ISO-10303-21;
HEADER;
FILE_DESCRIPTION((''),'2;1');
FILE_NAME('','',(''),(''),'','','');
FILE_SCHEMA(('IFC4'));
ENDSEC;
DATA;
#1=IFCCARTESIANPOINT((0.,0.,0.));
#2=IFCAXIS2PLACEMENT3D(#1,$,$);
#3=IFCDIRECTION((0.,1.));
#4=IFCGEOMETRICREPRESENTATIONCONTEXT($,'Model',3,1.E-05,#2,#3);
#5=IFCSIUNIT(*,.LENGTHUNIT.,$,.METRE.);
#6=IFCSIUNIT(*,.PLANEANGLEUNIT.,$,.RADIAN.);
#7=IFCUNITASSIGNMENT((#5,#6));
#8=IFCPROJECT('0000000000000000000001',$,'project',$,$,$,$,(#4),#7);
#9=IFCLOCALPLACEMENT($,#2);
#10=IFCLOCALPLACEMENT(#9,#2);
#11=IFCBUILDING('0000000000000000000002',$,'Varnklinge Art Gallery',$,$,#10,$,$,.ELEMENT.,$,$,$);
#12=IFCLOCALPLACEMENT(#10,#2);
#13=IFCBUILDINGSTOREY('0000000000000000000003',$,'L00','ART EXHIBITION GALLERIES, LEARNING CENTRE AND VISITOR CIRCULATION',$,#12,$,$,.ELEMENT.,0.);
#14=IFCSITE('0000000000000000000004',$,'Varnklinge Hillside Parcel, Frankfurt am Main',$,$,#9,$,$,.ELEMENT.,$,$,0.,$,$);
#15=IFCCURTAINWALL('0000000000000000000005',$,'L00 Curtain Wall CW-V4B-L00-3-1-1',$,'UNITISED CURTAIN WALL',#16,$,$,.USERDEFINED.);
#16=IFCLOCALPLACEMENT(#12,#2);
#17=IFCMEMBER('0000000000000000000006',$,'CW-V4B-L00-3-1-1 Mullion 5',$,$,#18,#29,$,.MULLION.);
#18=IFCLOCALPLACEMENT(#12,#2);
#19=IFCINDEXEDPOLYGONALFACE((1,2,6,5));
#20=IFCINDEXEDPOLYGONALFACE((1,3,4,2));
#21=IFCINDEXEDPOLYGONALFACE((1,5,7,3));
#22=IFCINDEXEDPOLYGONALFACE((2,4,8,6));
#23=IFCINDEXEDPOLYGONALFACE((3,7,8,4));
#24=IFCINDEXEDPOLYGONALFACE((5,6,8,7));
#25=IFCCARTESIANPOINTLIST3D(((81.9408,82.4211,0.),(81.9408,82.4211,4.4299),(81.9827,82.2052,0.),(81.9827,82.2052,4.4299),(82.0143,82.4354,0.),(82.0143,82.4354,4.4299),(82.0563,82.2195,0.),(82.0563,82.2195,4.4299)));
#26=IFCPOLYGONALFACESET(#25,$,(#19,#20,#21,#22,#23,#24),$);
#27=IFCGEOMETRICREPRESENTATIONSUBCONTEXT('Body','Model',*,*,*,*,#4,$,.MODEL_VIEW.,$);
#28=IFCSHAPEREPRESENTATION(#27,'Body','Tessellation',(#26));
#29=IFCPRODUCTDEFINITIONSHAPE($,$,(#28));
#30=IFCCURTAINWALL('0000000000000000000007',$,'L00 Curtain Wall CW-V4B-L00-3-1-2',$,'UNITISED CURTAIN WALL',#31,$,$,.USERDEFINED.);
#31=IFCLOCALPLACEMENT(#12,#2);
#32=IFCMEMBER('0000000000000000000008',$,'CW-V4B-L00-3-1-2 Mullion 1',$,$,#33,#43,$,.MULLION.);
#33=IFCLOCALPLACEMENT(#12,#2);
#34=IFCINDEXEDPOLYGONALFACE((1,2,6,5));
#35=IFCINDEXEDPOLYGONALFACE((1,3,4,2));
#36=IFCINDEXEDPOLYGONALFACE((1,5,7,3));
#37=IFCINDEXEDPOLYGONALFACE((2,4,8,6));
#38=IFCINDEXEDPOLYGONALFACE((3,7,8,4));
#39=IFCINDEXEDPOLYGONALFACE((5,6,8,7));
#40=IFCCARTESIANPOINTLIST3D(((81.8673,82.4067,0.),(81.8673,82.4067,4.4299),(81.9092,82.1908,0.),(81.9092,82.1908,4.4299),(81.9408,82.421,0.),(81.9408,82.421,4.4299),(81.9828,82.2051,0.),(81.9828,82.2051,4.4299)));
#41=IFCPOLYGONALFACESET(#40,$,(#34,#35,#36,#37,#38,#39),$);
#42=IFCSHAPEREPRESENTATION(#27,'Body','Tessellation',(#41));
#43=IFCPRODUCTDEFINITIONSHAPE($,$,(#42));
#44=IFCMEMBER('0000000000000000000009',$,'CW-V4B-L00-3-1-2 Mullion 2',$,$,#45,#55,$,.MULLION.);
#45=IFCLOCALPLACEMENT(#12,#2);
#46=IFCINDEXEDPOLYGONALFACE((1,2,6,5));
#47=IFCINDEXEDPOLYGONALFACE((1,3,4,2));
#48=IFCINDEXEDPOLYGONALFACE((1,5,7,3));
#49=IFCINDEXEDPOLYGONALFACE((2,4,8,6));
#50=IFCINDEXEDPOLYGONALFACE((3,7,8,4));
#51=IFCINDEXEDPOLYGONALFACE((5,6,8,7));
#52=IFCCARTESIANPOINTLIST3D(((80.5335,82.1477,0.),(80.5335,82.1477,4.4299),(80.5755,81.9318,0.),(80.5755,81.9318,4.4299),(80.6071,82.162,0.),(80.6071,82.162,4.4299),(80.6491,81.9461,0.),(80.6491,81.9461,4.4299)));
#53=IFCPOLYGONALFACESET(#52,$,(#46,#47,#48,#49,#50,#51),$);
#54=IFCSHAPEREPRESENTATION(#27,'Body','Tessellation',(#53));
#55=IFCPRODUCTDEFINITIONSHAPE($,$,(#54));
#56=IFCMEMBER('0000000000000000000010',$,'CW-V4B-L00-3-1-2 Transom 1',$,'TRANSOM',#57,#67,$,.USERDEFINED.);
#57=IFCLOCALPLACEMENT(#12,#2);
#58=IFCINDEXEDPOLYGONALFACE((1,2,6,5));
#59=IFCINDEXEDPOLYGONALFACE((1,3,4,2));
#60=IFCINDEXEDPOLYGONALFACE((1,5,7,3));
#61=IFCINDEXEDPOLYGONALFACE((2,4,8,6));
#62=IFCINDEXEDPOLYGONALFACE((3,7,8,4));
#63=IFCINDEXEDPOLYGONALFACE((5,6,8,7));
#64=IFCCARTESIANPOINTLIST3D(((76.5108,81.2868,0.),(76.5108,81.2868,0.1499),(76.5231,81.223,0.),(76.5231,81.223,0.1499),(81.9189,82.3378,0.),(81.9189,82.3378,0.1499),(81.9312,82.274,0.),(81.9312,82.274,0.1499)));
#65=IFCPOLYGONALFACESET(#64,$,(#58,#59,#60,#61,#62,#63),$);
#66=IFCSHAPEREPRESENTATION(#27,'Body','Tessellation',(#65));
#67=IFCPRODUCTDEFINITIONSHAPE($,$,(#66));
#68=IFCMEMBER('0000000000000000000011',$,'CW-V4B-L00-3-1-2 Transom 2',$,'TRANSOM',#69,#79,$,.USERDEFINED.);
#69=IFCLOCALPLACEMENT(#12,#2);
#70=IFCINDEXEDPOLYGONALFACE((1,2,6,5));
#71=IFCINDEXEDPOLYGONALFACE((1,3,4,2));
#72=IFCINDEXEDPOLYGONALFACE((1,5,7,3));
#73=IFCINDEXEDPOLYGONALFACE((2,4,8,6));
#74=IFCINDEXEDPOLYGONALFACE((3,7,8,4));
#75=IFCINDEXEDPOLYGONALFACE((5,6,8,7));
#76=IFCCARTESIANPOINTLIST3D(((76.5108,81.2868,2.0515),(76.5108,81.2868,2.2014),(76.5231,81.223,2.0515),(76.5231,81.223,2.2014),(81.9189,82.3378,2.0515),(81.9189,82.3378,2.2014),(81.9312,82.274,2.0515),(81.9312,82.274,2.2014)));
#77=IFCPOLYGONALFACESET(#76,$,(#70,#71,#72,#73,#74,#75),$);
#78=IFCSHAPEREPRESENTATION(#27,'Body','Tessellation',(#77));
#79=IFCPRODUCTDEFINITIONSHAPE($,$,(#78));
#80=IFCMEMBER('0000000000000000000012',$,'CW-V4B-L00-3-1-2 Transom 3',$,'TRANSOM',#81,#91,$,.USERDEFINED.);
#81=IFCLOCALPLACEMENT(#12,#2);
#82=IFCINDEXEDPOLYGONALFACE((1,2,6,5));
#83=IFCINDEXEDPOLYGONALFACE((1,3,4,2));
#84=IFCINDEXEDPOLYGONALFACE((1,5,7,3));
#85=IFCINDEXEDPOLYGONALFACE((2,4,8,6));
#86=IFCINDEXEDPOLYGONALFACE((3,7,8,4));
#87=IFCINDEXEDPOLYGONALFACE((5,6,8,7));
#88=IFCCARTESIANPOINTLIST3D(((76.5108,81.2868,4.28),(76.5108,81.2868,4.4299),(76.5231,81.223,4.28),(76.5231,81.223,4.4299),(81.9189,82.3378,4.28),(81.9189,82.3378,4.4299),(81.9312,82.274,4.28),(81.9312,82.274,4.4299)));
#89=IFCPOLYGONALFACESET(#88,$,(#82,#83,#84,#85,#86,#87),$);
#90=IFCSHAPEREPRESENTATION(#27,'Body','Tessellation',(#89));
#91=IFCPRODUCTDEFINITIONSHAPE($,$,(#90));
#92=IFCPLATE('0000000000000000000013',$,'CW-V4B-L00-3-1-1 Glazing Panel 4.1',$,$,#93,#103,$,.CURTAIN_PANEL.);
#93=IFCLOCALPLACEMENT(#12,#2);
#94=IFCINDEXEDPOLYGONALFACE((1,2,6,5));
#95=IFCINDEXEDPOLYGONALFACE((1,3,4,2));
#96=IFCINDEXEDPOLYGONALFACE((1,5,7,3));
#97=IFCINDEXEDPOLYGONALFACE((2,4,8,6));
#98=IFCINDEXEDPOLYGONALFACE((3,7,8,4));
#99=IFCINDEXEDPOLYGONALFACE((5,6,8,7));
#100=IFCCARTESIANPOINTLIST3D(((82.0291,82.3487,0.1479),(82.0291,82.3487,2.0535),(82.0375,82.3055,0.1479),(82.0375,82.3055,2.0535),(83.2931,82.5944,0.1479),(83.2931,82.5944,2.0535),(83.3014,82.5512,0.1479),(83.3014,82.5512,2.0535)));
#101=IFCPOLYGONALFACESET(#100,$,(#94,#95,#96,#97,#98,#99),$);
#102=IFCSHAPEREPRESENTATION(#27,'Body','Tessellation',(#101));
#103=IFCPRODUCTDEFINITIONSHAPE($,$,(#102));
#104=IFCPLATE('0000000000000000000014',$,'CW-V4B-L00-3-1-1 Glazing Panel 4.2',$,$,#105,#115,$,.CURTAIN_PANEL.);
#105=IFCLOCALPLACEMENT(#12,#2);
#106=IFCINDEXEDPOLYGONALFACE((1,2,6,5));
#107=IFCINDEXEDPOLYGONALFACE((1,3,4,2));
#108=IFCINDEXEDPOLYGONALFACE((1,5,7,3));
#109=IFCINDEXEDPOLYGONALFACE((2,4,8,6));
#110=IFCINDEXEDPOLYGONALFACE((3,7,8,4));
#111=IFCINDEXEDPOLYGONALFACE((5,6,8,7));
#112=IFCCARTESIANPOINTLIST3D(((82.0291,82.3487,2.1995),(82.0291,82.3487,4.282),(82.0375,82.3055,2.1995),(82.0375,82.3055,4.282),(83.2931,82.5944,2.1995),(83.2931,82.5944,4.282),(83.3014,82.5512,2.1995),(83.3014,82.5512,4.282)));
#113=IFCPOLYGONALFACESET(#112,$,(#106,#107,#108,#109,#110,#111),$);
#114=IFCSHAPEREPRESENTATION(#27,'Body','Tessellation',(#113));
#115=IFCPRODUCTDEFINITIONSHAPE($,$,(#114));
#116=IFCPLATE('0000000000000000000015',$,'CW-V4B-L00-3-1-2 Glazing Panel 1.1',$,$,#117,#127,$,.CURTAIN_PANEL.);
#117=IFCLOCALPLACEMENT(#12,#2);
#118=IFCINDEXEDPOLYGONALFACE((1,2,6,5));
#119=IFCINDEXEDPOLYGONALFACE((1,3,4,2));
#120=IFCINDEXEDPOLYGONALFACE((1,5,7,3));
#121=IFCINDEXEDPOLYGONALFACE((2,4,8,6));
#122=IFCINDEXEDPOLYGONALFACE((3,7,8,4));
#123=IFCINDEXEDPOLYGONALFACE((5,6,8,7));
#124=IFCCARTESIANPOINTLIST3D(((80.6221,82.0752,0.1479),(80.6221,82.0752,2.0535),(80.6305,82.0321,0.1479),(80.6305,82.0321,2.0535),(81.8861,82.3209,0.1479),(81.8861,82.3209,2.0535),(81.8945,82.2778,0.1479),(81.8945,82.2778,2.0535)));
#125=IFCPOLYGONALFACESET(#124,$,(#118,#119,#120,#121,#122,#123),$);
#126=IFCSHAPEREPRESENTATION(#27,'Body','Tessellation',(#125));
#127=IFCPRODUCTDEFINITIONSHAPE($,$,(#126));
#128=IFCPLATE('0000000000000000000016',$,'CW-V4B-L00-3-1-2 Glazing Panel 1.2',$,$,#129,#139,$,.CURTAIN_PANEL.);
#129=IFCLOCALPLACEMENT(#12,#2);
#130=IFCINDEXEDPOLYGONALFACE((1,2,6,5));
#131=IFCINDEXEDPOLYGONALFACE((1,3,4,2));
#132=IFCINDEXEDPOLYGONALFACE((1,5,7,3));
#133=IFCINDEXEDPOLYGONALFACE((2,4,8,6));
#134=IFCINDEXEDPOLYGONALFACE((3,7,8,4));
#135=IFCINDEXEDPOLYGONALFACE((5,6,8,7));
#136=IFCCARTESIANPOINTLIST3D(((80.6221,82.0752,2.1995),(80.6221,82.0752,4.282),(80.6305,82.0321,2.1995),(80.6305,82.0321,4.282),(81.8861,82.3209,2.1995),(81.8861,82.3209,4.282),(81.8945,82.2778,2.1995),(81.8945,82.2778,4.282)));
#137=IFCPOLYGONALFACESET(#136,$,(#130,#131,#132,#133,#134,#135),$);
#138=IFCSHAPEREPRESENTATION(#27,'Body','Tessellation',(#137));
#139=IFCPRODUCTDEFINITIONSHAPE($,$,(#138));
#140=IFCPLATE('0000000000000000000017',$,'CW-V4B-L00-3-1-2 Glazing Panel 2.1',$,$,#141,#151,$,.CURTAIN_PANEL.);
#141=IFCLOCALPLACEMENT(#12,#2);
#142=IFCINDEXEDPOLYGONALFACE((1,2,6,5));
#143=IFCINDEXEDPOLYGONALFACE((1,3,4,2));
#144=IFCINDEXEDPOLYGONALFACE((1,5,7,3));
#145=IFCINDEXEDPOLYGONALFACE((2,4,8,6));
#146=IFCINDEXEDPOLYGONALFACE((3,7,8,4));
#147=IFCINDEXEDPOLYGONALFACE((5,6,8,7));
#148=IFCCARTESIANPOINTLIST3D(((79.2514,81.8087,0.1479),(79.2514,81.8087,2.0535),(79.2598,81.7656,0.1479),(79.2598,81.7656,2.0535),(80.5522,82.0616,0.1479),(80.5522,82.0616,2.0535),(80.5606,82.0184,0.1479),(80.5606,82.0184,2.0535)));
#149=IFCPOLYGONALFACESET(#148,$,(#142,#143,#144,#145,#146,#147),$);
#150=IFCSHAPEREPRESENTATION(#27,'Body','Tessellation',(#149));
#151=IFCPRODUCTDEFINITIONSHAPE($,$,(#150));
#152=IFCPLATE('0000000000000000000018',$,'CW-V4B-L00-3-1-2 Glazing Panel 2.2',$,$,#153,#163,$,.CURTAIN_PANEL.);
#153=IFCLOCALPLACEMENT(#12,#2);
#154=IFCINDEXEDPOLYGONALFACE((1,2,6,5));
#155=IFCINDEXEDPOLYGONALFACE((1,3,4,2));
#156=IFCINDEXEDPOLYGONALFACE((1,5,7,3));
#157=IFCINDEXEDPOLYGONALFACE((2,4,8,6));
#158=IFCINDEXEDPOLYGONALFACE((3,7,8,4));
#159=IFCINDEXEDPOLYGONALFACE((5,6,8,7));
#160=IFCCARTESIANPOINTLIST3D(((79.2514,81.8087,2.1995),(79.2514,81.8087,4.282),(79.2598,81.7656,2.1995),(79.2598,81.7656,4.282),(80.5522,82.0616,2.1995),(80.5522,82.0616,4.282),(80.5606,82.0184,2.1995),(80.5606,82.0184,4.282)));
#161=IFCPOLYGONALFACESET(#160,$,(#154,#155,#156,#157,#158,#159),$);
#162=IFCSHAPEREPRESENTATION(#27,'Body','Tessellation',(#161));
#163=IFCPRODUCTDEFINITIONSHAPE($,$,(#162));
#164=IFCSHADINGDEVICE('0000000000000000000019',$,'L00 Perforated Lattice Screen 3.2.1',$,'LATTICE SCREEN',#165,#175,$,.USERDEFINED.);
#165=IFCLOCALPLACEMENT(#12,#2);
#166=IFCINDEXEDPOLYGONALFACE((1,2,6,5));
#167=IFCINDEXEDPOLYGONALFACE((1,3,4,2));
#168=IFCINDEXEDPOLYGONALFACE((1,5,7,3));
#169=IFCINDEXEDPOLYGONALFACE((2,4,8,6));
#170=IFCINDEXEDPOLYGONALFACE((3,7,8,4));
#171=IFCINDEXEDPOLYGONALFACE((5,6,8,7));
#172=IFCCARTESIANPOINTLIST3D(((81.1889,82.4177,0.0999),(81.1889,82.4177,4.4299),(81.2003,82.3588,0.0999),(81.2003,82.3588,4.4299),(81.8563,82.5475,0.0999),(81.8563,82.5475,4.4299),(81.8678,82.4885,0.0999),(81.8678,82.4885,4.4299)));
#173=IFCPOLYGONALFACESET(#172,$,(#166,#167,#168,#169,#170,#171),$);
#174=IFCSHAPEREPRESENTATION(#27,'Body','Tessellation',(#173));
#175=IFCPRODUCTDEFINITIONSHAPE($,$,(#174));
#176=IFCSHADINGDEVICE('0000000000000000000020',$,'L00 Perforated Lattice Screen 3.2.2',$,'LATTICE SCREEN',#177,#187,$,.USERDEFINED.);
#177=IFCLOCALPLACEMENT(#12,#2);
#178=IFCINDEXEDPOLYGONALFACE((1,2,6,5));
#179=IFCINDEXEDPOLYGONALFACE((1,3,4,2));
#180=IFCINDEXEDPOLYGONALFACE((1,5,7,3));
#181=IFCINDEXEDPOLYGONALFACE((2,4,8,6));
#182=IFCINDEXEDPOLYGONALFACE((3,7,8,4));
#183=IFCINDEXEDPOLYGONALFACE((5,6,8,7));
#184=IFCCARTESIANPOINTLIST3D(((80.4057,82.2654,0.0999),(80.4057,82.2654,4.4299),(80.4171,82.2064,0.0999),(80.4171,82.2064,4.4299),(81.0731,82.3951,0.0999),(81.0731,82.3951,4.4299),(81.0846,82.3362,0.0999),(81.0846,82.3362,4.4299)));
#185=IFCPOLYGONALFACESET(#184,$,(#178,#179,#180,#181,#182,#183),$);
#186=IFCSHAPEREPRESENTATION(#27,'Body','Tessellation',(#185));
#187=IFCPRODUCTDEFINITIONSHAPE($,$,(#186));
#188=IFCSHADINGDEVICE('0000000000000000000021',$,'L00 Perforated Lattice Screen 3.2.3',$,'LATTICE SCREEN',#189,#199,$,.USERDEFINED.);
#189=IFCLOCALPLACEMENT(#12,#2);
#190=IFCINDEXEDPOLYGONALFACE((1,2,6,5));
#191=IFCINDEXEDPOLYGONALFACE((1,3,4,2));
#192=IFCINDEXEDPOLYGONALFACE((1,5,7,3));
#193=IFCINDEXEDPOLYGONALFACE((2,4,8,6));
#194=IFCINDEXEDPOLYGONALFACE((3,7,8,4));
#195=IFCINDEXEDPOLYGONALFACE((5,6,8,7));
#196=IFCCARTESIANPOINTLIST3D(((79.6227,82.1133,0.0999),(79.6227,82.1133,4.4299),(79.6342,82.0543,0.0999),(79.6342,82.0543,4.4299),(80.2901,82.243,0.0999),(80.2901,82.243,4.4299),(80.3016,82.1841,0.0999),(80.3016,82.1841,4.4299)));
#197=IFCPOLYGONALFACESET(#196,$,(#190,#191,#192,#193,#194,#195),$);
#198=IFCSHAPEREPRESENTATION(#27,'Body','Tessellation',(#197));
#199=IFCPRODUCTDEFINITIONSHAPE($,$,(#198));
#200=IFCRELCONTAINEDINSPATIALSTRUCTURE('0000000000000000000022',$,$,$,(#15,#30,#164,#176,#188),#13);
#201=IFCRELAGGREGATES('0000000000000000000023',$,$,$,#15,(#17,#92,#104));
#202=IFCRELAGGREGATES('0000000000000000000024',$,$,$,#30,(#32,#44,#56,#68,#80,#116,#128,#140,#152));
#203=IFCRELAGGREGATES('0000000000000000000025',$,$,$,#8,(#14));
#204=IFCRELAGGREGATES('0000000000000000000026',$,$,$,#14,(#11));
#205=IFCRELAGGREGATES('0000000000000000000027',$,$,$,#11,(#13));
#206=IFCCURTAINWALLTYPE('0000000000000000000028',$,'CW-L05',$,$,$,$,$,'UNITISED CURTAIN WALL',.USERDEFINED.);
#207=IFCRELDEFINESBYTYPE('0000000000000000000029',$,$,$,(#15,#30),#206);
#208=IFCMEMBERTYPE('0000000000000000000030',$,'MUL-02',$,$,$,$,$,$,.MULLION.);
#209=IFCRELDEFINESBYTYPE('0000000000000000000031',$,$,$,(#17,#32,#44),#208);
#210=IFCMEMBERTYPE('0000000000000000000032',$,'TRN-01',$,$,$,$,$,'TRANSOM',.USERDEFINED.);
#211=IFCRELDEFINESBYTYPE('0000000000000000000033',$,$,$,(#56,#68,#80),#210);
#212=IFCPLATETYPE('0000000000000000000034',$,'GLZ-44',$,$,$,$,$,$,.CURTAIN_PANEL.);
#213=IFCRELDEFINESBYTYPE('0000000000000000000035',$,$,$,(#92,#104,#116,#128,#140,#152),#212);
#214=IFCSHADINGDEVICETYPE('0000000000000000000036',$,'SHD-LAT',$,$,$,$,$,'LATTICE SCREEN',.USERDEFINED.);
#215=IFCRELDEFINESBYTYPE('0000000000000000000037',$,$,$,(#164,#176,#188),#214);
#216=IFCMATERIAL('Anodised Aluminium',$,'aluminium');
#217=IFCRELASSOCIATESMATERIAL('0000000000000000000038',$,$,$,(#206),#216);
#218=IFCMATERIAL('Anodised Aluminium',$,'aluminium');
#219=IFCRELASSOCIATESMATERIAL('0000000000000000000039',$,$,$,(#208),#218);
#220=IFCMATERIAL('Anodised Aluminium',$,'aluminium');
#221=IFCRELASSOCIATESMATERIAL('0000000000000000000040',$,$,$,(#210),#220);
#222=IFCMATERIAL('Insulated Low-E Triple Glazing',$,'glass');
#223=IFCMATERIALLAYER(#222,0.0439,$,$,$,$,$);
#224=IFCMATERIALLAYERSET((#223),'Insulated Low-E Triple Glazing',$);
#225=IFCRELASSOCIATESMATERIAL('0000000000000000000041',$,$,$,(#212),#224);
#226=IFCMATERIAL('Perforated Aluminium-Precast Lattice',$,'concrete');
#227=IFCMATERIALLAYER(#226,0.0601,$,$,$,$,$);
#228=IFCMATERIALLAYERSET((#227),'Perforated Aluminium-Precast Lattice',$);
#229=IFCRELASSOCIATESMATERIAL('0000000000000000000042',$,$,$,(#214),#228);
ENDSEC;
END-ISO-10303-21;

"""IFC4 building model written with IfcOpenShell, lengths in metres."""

from ifc_helpers import new_model, si_unit, direction, frame, origin, origin_2d, place, context, subcontext, project, spatial, rectangle, extrude, material, layer, layer_set, material_profile, profile_set, type_object, element, aggregate, save


model = new_model("IFC4")

# Units and contexts
model_context = context("Model", 3, precision=1e-05, world=origin(), true_north=direction((0.0, 1.0)))
body_context = subcontext(model_context, "Body", "Model", "MODEL_VIEW")
ifc_project = project(units=[si_unit("LENGTHUNIT", "METRE"), si_unit("PLANEANGLEUNIT", "RADIAN")], contexts=[model_context])

# Site, building, storey
site_placement = place(None, origin())
site = spatial("IfcSite", under=ifc_project, at=site_placement, Name="Varnklinge Hillside Parcel, Frankfurt am Main", CompositionType="ELEMENT", RefElevation=0.0)
building_placement = place(site_placement, origin())
building = spatial("IfcBuilding", under=site, at=building_placement, Name="Varnklinge Art Gallery", CompositionType="ELEMENT")
storey_placement = place(building_placement, origin())
storey = spatial("IfcBuildingStorey", under=building, at=storey_placement, Name="L00", Description="ART EXHIBITION GALLERIES, LEARNING CENTRE AND VISITOR CIRCULATION", CompositionType="ELEMENT", Elevation=0.0)

# Curtain wall, member
ifc_material_1 = material(Name="Anodised Aluminium", Category="aluminium")
curtain_wall_type = type_object("IfcCurtainWallType", Name="CW-L05", ElementType="UNITISED CURTAIN WALL", PredefinedType="USERDEFINED", material=ifc_material_1)
curtain_wall_1_placement = place(storey_placement, origin())
curtain_wall_1 = element("IfcCurtainWall", 1, at=curtain_wall_1_placement, inside=storey, type_object=curtain_wall_type, Name="L00 Curtain Wall CW-V4B-L00-3-1-1", ObjectType="UNITISED CURTAIN WALL", PredefinedType="USERDEFINED")
ifc_material_2 = material(Name="Anodised Aluminium", Category="aluminium")
ifc_material_profile_1 = material_profile(ifc_material_2, rectangle(XDim=0.075, YDim=0.22, at=origin_2d()), Name="ALU 75x220")
ifc_profile_set_1 = profile_set([ifc_material_profile_1], Name="Anodised Aluminium")
member_type_1 = type_object("IfcMemberType", Name="MUL-02", PredefinedType="MULLION", material=ifc_profile_set_1)
member_1_placement = place(storey_placement, frame((81.9985, 82.3203, 0.0), z_axis=(0.0, 0.0, 1.0), x_axis=(-0.981627, -0.190809, 0.0)))
member_1 = element("IfcMember", 2, at=member_1_placement, type_object=member_type_1, Name="CW-V4B-L00-3-1-1 Mullion 5", PredefinedType="MULLION", context=body_context, shape_type="SweptSolid", body=[
    extrude(rectangle(XDim=0.075, YDim=0.22, at=origin_2d()), origin(), (0.0, 0.0, 1.0), 4.4299),
])

# Curtain wall, members
curtain_wall_2_placement = place(storey_placement, origin())
curtain_wall_2 = element("IfcCurtainWall", 3, at=curtain_wall_2_placement, inside=storey, type_object=curtain_wall_type, Name="L00 Curtain Wall CW-V4B-L00-3-1-2", ObjectType="UNITISED CURTAIN WALL", PredefinedType="USERDEFINED")
member_2_placement = place(storey_placement, frame((81.925, 82.3059, 0.0), z_axis=(0.0, 0.0, 1.0), x_axis=(-0.981627, -0.190809, 0.0)))
member_2 = element("IfcMember", 4, at=member_2_placement, type_object=member_type_1, Name="CW-V4B-L00-3-1-2 Mullion 1", PredefinedType="MULLION", context=body_context, shape_type="SweptSolid", body=[
    extrude(rectangle(XDim=0.075, YDim=0.22, at=origin_2d()), origin(), (0.0, 0.0, 1.0), 4.4299),
])
member_3_placement = place(storey_placement, frame((80.5913, 82.0469, 0.0), z_axis=(0.0, 0.0, 1.0), x_axis=(-0.981627, -0.190809, 0.0)))
member_3 = element("IfcMember", 5, at=member_3_placement, type_object=member_type_1, Name="CW-V4B-L00-3-1-2 Mullion 2", PredefinedType="MULLION", context=body_context, shape_type="SweptSolid", body=[
    extrude(rectangle(XDim=0.075, YDim=0.22, at=origin_2d()), origin(), (0.0, 0.0, 1.0), 4.4299),
])
ifc_material_3 = material(Name="Anodised Aluminium", Category="aluminium")
ifc_material_profile_2 = material_profile(ifc_material_3, rectangle(XDim=0.0649, YDim=0.1499, at=origin_2d()), Name="ALU 65x150")
ifc_profile_set_2 = profile_set([ifc_material_profile_2], Name="Anodised Aluminium")
member_type_2 = type_object("IfcMemberType", Name="TRN-01", ElementType="TRANSOM", PredefinedType="USERDEFINED", material=ifc_profile_set_2)
member_4_placement = place(storey_placement, frame((81.925, 82.3059, 0.075), z_axis=(-0.981635, -0.19077, 0.0), x_axis=(0.19077, -0.981635, 0.0)))
member_4 = element("IfcMember", 6, at=member_4_placement, type_object=member_type_2, Name="CW-V4B-L00-3-1-2 Transom 1", ObjectType="TRANSOM", PredefinedType="USERDEFINED", context=body_context, shape_type="SweptSolid", body=[
    extrude(rectangle(XDim=0.0649, YDim=0.1499, at=origin_2d()), origin(), (0.0, 0.0, 1.0), 5.5093),
])
member_5_placement = place(storey_placement, frame((81.925, 82.3059, 2.1265), z_axis=(-0.981635, -0.19077, 0.0), x_axis=(0.19077, -0.981635, 0.0)))
member_5 = element("IfcMember", 7, at=member_5_placement, type_object=member_type_2, Name="CW-V4B-L00-3-1-2 Transom 2", ObjectType="TRANSOM", PredefinedType="USERDEFINED", context=body_context, shape_type="SweptSolid", body=[
    extrude(rectangle(XDim=0.0649, YDim=0.1499, at=origin_2d()), origin(), (0.0, 0.0, 1.0), 5.5093),
])
member_6_placement = place(storey_placement, frame((81.925, 82.3059, 4.355), z_axis=(-0.981635, -0.19077, 0.0), x_axis=(0.19077, -0.981635, 0.0)))
member_6 = element("IfcMember", 8, at=member_6_placement, type_object=member_type_2, Name="CW-V4B-L00-3-1-2 Transom 3", ObjectType="TRANSOM", PredefinedType="USERDEFINED", context=body_context, shape_type="SweptSolid", body=[
    extrude(rectangle(XDim=0.0649, YDim=0.1499, at=origin_2d()), origin(), (0.0, 0.0, 1.0), 5.5093),
])

# Plates
ifc_material_4 = material(Name="Insulated Low-E Triple Glazing", Category="glass")
ifc_layer_1 = layer(ifc_material_4, 0.0439)
ifc_layer_set_1 = layer_set([ifc_layer_1], Name="Insulated Low-E Triple Glazing")
plate_type = type_object("IfcPlateType", Name="GLZ-44", PredefinedType="CURTAIN_PANEL", material=ifc_layer_set_1)
plate_1_placement = place(storey_placement, frame((82.6653, 82.45, 0.1479), z_axis=(0.0, 0.0, 1.0), x_axis=(-0.981627, -0.190809, 0.0)))
plate_1 = element("IfcPlate", 9, at=plate_1_placement, type_object=plate_type, Name="CW-V4B-L00-3-1-1 Glazing Panel 4.1", PredefinedType="CURTAIN_PANEL", context=body_context, shape_type="SweptSolid", body=[
    extrude(rectangle(XDim=1.2876, YDim=0.0439, at=origin_2d()), origin(), (0.0, 0.0, 1.0), 1.9055),
])
plate_2_placement = place(storey_placement, frame((82.6653, 82.45, 2.1995), z_axis=(0.0, 0.0, 1.0), x_axis=(-0.981627, -0.190809, 0.0)))
plate_2 = element("IfcPlate", 10, at=plate_2_placement, type_object=plate_type, Name="CW-V4B-L00-3-1-1 Glazing Panel 4.2", PredefinedType="CURTAIN_PANEL", context=body_context, shape_type="SweptSolid", body=[
    extrude(rectangle(XDim=1.2876, YDim=0.0439, at=origin_2d()), origin(), (0.0, 0.0, 1.0), 2.0825),
])
aggregate(curtain_wall_1, [member_1, plate_1, plate_2])
plate_3_placement = place(storey_placement, frame((81.2583, 82.1765, 0.1479), z_axis=(0.0, 0.0, 1.0), x_axis=(-0.981627, -0.190809, 0.0)))
plate_3 = element("IfcPlate", 11, at=plate_3_placement, type_object=plate_type, Name="CW-V4B-L00-3-1-2 Glazing Panel 1.1", PredefinedType="CURTAIN_PANEL", context=body_context, shape_type="SweptSolid", body=[
    extrude(rectangle(XDim=1.2876, YDim=0.0439, at=origin_2d()), origin(), (0.0, 0.0, 1.0), 1.9055),
])
plate_4_placement = place(storey_placement, frame((81.2583, 82.1765, 2.1995), z_axis=(0.0, 0.0, 1.0), x_axis=(-0.981627, -0.190809, 0.0)))
plate_4 = element("IfcPlate", 12, at=plate_4_placement, type_object=plate_type, Name="CW-V4B-L00-3-1-2 Glazing Panel 1.2", PredefinedType="CURTAIN_PANEL", context=body_context, shape_type="SweptSolid", body=[
    extrude(rectangle(XDim=1.2876, YDim=0.0439, at=origin_2d()), origin(), (0.0, 0.0, 1.0), 2.0825),
])
plate_5_placement = place(storey_placement, frame((79.906, 81.9136, 0.1479), z_axis=(0.0, 0.0, 1.0), x_axis=(-0.981627, -0.190809, 0.0)))
plate_5 = element("IfcPlate", 13, at=plate_5_placement, type_object=plate_type, Name="CW-V4B-L00-3-1-2 Glazing Panel 2.1", PredefinedType="CURTAIN_PANEL", context=body_context, shape_type="SweptSolid", body=[
    extrude(rectangle(XDim=1.3252, YDim=0.0439, at=origin_2d()), origin(), (0.0, 0.0, 1.0), 1.9055),
])
plate_6_placement = place(storey_placement, frame((79.906, 81.9136, 2.1995), z_axis=(0.0, 0.0, 1.0), x_axis=(-0.981627, -0.190809, 0.0)))
plate_6 = element("IfcPlate", 14, at=plate_6_placement, type_object=plate_type, Name="CW-V4B-L00-3-1-2 Glazing Panel 2.2", PredefinedType="CURTAIN_PANEL", context=body_context, shape_type="SweptSolid", body=[
    extrude(rectangle(XDim=1.3252, YDim=0.0439, at=origin_2d()), origin(), (0.0, 0.0, 1.0), 2.0825),
])
aggregate(curtain_wall_2, [member_2, member_3, member_4, member_5, member_6, plate_3, plate_4, plate_5, plate_6])

# Shading devices
ifc_material_5 = material(Name="Perforated Aluminium-Precast Lattice", Category="concrete")
ifc_layer_2 = layer(ifc_material_5, 0.0601)
ifc_layer_set_2 = layer_set([ifc_layer_2], Name="Perforated Aluminium-Precast Lattice")
shading_device_type = type_object("IfcShadingDeviceType", Name="SHD-LAT", ElementType="LATTICE SCREEN", PredefinedType="USERDEFINED", material=ifc_layer_set_2)
for number, where, z_axis, x_axis, name in (
    (15, (81.5283, 82.4531, 0.0999), (0.0, 0.0, 1.0), (-0.981627, -0.190809, 0.0), "L00 Perforated Lattice Screen 3.2.1"),
    (16, (80.7451, 82.3008, 0.0999), (0.0, 0.0, 1.0), (-0.981627, -0.190809, 0.0), "L00 Perforated Lattice Screen 3.2.2"),
    (17, (79.9622, 82.1487, 0.0999), (0.0, 0.0, 1.0), (-0.981627, -0.190809, 0.0), "L00 Perforated Lattice Screen 3.2.3"),
):
    element("IfcShadingDevice", number, at=place(storey_placement, frame(where, z_axis=z_axis, x_axis=x_axis)), inside=storey, type_object=shading_device_type, Name=name, ObjectType="LATTICE SCREEN", PredefinedType="USERDEFINED", context=body_context, shape_type="SweptSolid", body=[
        extrude(rectangle(XDim=0.6799, YDim=0.0601, at=origin_2d()), origin(), (0.0, 0.0, 1.0), 4.3301),
    ])

save(model, "model.ifc")
